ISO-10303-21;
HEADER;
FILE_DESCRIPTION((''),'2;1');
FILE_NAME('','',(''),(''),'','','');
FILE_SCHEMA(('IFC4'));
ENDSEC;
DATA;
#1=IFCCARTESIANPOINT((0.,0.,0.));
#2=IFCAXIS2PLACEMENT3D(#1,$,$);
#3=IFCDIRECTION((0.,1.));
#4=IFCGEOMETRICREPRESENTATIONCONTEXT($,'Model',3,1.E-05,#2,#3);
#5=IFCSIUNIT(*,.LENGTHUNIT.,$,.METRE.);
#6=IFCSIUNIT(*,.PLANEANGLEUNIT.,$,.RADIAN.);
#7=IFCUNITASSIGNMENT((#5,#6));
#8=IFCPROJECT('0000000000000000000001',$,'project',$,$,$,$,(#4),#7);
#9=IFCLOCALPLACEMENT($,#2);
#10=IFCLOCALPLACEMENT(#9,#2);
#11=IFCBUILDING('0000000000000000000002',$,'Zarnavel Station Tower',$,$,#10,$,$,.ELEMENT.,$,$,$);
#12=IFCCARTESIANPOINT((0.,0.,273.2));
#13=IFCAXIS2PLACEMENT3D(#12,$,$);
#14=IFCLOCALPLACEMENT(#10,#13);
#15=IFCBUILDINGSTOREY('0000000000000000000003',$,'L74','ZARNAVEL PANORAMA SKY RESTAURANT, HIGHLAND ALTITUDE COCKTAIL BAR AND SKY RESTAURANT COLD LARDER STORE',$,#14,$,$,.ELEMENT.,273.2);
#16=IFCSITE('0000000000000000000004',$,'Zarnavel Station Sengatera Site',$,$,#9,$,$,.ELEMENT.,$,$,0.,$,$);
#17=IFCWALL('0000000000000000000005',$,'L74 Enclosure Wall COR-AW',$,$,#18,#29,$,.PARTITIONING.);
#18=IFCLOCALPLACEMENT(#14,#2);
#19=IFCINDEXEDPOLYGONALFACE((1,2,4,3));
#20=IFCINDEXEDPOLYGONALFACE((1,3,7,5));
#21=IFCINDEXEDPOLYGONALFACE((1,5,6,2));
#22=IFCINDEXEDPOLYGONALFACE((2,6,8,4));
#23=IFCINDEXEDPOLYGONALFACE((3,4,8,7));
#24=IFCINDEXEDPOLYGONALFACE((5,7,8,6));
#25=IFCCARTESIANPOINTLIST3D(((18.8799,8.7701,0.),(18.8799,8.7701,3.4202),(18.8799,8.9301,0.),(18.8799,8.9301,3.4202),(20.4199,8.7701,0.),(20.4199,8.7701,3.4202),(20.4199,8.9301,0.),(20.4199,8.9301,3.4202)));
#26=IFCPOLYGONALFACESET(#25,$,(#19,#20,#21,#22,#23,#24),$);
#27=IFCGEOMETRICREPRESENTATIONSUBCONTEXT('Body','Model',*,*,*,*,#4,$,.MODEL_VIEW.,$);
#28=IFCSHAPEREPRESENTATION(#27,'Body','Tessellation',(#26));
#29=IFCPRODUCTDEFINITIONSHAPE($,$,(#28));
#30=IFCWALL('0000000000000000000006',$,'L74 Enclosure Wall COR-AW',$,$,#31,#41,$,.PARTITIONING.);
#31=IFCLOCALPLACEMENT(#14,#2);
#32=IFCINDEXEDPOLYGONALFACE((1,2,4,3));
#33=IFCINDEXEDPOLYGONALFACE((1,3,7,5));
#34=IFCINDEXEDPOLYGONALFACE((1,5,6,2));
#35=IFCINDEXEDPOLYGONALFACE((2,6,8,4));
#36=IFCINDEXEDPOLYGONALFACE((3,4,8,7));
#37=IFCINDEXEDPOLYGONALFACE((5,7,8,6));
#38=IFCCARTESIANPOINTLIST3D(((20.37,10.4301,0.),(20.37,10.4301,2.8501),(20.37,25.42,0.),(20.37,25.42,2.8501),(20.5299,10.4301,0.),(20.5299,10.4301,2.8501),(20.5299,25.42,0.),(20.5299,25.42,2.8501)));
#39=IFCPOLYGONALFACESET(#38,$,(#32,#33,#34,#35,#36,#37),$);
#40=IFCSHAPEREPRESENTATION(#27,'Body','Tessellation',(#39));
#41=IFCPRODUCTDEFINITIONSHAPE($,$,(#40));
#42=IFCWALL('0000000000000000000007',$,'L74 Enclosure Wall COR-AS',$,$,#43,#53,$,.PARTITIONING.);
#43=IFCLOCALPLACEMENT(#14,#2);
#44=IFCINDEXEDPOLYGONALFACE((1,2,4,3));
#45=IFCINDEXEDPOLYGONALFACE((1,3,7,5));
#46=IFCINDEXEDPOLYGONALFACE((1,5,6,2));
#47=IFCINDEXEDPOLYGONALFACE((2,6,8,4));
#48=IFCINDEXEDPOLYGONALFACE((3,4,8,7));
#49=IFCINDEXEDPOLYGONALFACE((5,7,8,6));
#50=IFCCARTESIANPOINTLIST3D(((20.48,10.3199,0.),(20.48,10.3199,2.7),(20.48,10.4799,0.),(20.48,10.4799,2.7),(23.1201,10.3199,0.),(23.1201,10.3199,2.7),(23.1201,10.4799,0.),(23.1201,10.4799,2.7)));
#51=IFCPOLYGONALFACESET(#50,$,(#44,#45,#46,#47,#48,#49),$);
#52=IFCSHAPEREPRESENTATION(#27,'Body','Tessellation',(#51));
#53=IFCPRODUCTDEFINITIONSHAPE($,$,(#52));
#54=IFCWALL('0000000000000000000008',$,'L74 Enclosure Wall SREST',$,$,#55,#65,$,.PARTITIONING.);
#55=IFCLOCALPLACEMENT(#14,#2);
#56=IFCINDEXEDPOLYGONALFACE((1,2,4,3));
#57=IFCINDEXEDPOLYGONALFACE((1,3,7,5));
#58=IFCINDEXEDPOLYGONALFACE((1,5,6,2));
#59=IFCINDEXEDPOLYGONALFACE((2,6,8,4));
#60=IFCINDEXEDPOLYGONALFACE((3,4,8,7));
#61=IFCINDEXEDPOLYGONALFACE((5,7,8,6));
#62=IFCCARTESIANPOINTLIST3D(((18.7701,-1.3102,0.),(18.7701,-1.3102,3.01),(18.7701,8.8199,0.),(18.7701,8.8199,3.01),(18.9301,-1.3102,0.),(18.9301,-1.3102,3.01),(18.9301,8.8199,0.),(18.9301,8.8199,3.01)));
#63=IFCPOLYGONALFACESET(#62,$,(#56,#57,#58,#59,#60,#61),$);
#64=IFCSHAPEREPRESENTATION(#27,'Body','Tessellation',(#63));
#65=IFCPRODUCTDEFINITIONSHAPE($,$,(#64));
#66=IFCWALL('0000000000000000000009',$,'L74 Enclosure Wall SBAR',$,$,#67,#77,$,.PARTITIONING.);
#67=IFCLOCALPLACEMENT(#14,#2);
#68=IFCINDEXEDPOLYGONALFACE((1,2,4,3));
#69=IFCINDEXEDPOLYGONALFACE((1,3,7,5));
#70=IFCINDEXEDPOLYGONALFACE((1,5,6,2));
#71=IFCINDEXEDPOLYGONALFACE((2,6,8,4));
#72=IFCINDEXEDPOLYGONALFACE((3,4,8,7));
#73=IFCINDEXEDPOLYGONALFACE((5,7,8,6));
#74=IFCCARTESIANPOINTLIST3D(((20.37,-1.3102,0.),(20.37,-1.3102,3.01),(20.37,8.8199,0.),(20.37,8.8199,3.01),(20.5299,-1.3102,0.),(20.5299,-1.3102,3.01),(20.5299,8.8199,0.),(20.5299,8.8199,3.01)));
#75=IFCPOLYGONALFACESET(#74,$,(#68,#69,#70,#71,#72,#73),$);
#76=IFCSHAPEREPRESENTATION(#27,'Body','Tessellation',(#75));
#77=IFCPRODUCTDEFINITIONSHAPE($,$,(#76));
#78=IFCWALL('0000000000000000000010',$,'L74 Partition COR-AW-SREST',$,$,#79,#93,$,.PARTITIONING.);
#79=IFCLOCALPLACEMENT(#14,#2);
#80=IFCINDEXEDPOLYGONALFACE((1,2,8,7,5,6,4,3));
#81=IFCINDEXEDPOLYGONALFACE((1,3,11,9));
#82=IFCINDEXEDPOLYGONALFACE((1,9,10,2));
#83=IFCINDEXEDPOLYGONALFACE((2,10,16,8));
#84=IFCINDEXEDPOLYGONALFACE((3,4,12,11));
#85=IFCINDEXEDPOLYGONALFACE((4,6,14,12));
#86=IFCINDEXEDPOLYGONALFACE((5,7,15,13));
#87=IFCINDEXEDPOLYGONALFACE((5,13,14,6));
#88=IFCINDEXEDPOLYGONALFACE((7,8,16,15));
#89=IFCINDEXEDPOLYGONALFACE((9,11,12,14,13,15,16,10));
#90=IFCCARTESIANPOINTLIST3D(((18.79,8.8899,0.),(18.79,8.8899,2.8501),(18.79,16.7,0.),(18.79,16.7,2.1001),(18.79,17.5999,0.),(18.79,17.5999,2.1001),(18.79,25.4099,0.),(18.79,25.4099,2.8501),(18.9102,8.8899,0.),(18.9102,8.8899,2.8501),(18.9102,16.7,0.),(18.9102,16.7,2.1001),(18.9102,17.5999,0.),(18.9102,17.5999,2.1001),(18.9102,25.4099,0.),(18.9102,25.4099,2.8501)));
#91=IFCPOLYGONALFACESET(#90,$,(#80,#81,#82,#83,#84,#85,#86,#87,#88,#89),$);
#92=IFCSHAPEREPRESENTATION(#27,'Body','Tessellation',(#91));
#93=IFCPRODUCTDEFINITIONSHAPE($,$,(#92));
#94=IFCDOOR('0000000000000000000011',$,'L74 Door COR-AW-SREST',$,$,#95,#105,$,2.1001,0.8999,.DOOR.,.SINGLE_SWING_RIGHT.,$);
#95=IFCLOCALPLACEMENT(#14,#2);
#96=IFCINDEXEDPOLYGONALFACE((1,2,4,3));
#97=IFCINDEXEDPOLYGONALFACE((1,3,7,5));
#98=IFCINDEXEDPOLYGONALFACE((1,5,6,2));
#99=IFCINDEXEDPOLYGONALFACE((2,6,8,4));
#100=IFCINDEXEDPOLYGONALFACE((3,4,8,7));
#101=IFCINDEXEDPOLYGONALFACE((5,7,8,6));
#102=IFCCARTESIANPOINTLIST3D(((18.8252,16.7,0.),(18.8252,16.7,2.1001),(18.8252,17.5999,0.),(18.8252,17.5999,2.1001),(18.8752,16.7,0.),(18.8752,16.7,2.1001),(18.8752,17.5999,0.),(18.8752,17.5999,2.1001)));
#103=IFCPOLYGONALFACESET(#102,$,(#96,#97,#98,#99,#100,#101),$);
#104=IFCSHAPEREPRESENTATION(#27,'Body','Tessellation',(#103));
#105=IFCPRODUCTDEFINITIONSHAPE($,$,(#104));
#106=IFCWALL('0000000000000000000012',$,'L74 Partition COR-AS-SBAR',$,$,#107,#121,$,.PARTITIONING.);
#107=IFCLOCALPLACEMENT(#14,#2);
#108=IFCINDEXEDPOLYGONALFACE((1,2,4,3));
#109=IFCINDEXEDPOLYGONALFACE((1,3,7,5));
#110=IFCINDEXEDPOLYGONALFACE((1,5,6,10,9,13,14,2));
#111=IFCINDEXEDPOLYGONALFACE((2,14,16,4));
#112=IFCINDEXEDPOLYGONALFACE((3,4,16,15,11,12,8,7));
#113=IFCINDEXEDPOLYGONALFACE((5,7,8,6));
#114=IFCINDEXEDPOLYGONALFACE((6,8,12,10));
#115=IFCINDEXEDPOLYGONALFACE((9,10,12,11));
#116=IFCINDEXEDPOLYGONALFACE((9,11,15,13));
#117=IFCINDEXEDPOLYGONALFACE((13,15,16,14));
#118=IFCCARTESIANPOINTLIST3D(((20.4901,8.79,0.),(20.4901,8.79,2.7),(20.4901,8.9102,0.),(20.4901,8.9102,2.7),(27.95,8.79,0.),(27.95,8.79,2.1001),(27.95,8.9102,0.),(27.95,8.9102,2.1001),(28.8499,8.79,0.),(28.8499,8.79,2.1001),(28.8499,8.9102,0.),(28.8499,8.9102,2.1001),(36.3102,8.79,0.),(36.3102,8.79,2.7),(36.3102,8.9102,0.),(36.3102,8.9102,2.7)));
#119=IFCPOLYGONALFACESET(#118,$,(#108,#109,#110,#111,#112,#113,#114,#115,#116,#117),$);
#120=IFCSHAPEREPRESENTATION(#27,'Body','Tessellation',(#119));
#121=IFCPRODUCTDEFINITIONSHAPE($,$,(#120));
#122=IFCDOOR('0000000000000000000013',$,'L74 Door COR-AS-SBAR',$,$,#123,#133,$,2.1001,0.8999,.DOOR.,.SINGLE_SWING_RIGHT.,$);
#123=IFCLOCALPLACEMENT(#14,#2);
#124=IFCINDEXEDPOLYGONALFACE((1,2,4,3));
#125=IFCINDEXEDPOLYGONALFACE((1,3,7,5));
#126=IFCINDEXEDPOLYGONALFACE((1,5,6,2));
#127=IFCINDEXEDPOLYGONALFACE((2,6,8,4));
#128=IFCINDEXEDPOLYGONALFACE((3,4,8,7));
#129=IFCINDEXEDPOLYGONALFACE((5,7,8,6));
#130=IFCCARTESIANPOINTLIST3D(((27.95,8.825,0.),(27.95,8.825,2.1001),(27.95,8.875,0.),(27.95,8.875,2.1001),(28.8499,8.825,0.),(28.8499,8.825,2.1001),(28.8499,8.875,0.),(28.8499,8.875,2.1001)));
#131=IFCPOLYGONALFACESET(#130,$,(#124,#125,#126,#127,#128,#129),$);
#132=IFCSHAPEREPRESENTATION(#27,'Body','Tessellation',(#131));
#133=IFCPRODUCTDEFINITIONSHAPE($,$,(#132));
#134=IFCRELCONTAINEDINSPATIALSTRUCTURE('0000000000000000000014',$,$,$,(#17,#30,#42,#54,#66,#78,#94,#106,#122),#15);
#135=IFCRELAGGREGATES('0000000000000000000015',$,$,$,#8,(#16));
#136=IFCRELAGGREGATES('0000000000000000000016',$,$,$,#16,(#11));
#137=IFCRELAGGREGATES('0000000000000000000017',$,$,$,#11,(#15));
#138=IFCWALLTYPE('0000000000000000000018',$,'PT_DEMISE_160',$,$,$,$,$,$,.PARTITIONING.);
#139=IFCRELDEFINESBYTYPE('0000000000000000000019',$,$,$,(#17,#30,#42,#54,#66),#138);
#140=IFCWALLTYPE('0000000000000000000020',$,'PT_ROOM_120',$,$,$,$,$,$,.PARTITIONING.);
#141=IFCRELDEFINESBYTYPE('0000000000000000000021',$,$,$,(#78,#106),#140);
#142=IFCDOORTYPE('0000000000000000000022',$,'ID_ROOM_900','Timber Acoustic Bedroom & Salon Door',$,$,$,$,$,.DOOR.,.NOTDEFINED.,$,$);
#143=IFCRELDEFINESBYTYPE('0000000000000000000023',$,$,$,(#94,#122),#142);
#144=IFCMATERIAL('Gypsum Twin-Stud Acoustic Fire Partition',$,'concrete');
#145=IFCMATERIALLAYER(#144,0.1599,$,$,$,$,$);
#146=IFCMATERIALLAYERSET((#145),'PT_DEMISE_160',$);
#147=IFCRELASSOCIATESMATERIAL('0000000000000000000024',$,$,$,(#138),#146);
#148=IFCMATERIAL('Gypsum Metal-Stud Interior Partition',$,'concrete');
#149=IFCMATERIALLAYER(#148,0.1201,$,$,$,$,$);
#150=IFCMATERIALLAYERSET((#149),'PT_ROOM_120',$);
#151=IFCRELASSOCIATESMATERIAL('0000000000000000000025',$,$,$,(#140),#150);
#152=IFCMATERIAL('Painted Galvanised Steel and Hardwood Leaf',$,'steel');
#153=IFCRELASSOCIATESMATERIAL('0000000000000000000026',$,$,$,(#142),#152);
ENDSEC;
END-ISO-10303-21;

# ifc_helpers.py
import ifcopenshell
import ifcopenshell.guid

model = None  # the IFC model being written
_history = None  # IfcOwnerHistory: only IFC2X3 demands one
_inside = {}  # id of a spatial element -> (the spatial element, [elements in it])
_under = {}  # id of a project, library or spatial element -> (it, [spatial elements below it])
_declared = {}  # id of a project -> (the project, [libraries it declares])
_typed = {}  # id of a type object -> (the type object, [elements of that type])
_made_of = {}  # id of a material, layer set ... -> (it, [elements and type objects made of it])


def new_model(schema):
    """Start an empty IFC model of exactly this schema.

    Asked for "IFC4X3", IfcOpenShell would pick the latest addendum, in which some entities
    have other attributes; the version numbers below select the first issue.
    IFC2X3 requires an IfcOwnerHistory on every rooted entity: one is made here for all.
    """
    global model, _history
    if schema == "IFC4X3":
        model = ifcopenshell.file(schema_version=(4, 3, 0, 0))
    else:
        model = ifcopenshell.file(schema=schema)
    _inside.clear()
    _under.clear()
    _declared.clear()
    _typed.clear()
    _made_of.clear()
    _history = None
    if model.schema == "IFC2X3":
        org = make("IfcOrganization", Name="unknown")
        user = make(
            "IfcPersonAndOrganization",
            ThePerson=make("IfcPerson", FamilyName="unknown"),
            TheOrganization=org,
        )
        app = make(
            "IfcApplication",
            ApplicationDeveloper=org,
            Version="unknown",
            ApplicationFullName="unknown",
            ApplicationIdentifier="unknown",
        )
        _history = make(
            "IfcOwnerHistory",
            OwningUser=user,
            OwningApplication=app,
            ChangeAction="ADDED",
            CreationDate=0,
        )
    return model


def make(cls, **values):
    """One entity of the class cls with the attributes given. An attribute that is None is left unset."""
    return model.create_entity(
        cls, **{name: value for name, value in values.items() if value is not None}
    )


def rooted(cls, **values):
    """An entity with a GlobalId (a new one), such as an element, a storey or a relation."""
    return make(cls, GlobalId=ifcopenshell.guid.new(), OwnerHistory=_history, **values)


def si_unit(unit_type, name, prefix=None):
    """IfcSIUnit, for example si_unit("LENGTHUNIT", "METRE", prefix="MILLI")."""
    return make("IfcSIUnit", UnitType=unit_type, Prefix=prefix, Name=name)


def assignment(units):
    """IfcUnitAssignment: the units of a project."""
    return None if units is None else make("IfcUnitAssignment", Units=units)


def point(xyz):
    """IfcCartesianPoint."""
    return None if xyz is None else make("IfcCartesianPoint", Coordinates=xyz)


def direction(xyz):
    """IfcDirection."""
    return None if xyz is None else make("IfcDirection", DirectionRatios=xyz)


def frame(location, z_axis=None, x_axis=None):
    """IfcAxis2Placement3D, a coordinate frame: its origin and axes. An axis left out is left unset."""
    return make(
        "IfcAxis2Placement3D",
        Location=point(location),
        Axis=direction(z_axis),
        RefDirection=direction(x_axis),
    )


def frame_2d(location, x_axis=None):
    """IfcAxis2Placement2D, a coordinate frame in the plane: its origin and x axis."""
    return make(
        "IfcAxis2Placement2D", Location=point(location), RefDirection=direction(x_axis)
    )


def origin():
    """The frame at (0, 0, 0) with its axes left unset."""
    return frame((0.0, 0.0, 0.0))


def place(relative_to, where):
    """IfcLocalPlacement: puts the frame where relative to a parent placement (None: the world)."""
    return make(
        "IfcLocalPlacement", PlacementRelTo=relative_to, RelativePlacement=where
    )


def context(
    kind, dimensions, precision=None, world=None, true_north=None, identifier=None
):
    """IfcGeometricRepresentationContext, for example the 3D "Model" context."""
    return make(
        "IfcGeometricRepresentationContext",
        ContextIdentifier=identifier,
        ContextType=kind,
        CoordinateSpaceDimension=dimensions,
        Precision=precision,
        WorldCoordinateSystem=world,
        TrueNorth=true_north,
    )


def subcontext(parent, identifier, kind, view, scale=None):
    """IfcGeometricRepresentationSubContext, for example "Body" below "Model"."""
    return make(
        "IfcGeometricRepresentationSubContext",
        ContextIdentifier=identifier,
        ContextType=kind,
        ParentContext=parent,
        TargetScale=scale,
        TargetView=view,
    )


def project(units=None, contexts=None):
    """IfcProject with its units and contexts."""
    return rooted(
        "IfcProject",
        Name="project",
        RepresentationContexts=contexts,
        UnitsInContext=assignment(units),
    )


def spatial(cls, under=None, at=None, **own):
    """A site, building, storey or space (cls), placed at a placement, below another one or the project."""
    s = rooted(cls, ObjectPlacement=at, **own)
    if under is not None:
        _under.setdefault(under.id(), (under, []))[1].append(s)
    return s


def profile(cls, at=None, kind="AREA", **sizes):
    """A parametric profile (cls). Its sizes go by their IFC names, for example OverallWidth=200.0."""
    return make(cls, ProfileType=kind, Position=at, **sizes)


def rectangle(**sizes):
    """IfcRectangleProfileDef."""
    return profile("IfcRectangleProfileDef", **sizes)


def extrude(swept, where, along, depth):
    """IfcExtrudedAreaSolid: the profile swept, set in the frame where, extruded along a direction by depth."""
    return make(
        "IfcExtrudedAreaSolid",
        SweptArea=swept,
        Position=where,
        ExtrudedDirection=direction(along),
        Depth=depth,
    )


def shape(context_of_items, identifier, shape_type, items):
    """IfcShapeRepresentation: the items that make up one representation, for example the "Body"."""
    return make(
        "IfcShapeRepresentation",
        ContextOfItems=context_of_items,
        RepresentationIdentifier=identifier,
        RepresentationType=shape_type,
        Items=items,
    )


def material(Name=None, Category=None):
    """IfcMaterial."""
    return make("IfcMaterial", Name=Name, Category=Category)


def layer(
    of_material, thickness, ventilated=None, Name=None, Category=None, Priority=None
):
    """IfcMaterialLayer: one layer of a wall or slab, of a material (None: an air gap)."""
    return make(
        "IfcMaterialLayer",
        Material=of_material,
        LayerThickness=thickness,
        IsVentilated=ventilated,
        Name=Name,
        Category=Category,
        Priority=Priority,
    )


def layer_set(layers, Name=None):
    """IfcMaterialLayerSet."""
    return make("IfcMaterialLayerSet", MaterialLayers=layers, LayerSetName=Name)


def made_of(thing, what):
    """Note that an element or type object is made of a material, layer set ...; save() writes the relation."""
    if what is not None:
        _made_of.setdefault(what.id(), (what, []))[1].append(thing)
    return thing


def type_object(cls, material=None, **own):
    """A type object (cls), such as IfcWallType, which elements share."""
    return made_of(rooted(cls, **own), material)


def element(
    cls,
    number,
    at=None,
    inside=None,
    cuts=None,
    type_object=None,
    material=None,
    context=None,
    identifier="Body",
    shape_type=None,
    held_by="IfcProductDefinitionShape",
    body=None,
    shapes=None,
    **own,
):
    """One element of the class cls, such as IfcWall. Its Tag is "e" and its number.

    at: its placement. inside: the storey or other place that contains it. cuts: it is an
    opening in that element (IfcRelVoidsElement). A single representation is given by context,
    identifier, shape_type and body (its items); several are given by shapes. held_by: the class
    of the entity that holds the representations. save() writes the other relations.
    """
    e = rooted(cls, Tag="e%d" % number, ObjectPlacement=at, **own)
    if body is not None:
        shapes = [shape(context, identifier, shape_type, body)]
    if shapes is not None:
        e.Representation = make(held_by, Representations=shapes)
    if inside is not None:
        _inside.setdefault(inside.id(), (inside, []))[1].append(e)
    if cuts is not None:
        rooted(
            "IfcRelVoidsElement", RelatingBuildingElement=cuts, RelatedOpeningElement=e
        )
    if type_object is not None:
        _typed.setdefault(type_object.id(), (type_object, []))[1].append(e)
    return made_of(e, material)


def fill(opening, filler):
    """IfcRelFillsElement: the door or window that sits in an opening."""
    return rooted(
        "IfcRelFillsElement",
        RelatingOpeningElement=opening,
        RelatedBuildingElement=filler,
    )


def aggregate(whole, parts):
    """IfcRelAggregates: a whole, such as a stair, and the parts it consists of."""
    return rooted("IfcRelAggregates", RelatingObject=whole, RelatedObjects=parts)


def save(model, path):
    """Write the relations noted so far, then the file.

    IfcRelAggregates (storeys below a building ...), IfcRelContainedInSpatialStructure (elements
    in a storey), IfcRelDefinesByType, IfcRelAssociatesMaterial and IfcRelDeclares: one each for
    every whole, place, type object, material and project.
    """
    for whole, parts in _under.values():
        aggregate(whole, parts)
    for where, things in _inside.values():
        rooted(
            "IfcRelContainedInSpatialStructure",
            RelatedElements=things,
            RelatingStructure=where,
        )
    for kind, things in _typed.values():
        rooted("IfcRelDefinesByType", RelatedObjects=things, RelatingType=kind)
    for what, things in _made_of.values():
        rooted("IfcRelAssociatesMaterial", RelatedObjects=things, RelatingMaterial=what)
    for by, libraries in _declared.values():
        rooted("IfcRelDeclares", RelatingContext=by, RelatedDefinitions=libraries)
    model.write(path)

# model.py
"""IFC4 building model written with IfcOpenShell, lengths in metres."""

from ifc_helpers import new_model, si_unit, direction, frame, frame_2d, origin, place, context, subcontext, project, spatial, rectangle, extrude, material, layer, layer_set, type_object, element, fill, save


model = new_model("IFC4")

# Units and contexts
model_context = context("Model", 3, precision=1e-05, world=origin(), true_north=direction((0.0, 1.0)))
body_context = subcontext(model_context, "Body", "Model", "MODEL_VIEW")
ifc_project = project(units=[si_unit("LENGTHUNIT", "METRE"), si_unit("PLANEANGLEUNIT", "RADIAN")], contexts=[model_context])

# Site, building, storey
site_placement = place(None, origin())
site = spatial("IfcSite", under=ifc_project, at=site_placement, Name="Zarnavel Station Sengatera Site", CompositionType="ELEMENT", RefElevation=0.0)
building_placement = place(site_placement, origin())
building = spatial("IfcBuilding", under=site, at=building_placement, Name="Zarnavel Station Tower", CompositionType="ELEMENT")
storey_placement = place(building_placement, frame((0.0, 0.0, 273.2)))
storey = spatial("IfcBuildingStorey", under=building, at=storey_placement, Name="L74", Description="ZARNAVEL PANORAMA SKY RESTAURANT, HIGHLAND ALTITUDE COCKTAIL BAR AND SKY RESTAURANT COLD LARDER STORE", CompositionType="ELEMENT", Elevation=273.2)

# Walls
ifc_material_1 = material(Name="Gypsum Twin-Stud Acoustic Fire Partition", Category="concrete")
ifc_layer_1 = layer(ifc_material_1, 0.1599)
ifc_layer_set_1 = layer_set([ifc_layer_1], Name="PT_DEMISE_160")
wall_type_1 = type_object("IfcWallType", Name="PT_DEMISE_160", PredefinedType="PARTITIONING", material=ifc_layer_set_1)
wall_1_placement = place(storey_placement, frame((18.8799, 8.8501, 0.0), z_axis=(0.0, 0.0, 1.0), x_axis=(1.0, 0.0, 0.0)))
element("IfcWall", 1, at=wall_1_placement, inside=storey, type_object=wall_type_1, Name="L74 Enclosure Wall COR-AW", PredefinedType="PARTITIONING", context=body_context, shape_type="SweptSolid", body=[
    extrude(rectangle(XDim=1.54, YDim=0.1599, at=frame_2d((0.77, 0.0))), origin(), (0.0, 0.0, 1.0), 3.4202),
])
wall_2_placement = place(storey_placement, frame((20.45, 10.4299, 0.0), z_axis=(0.0, 0.0, 1.0), x_axis=(0.0, 1.0, 0.0)))
element("IfcWall", 2, at=wall_2_placement, inside=storey, type_object=wall_type_1, Name="L74 Enclosure Wall COR-AW", PredefinedType="PARTITIONING", context=body_context, shape_type="SweptSolid", body=[
    extrude(rectangle(XDim=14.99, YDim=0.1599, at=frame_2d((7.4951, 0.0))), origin(), (0.0, 0.0, 1.0), 2.8501),
])
wall_3_placement = place(storey_placement, frame((20.48, 10.3999, 0.0), z_axis=(0.0, 0.0, 1.0), x_axis=(1.0, 0.0, 0.0)))
element("IfcWall", 3, at=wall_3_placement, inside=storey, type_object=wall_type_1, Name="L74 Enclosure Wall COR-AS", PredefinedType="PARTITIONING", context=body_context, shape_type="SweptSolid", body=[
    extrude(rectangle(XDim=2.6401, YDim=0.1599, at=frame_2d((1.3201, 0.0))), origin(), (0.0, 0.0, 1.0), 2.7),
])
for number, where, z_axis, x_axis, name in (
    (4, (18.8501, -1.3101, 0.0), (0.0, 0.0, 1.0), (0.0, 1.0, 0.0), "L74 Enclosure Wall SREST"),
    (5, (20.45, -1.3101, 0.0), (0.0, 0.0, 1.0), (0.0, 1.0, 0.0), "L74 Enclosure Wall SBAR"),
):
    element("IfcWall", number, at=place(storey_placement, frame(where, z_axis=z_axis, x_axis=x_axis)), inside=storey, type_object=wall_type_1, Name=name, PredefinedType="PARTITIONING", context=body_context, shape_type="SweptSolid", body=[
        extrude(rectangle(XDim=10.1301, YDim=0.1599, at=frame_2d((5.0649, 0.0))), origin(), (0.0, 0.0, 1.0), 3.01),
    ])

# Walls, openings, doors
ifc_material_2 = material(Name="Gypsum Metal-Stud Interior Partition", Category="concrete")
ifc_layer_2 = layer(ifc_material_2, 0.1201)
ifc_layer_set_2 = layer_set([ifc_layer_2], Name="PT_ROOM_120")
wall_type_2 = type_object("IfcWallType", Name="PT_ROOM_120", PredefinedType="PARTITIONING", material=ifc_layer_set_2)
wall_4_placement = place(storey_placement, frame((18.8501, 8.8899, 0.0), z_axis=(0.0, 0.0, 1.0), x_axis=(0.0, 1.0, 0.0)))
wall_4 = element("IfcWall", 6, at=wall_4_placement, inside=storey, type_object=wall_type_2, Name="L74 Partition COR-AW-SREST", PredefinedType="PARTITIONING", context=body_context, shape_type="SweptSolid", body=[
    extrude(rectangle(XDim=16.52, YDim=0.1201, at=frame_2d((8.26, 0.0))), origin(), (0.0, 0.0, 1.0), 2.8501),
])
opening_1_placement = place(wall_4_placement, frame((7.8101, 0.0, 0.0)))
opening_1 = element("IfcOpeningElement", 7, at=opening_1_placement, cuts=wall_4, PredefinedType="OPENING", context=body_context, shape_type="SweptSolid", body=[
    extrude(rectangle(XDim=0.8999, YDim=2.1001, at=frame_2d((0.45, 1.05))), frame((0.0, 0.0701, 0.0), z_axis=(0.0, -1.0, 0.0), x_axis=(1.0, 0.0, 0.0)), (0.0, 0.0, 1.0), 0.1401),
])
ifc_material_3 = material(Name="Painted Galvanised Steel and Hardwood Leaf", Category="steel")
door_type = type_object("IfcDoorType", Name="ID_ROOM_900", Description="Timber Acoustic Bedroom & Salon Door", OperationType="NOTDEFINED", PredefinedType="DOOR", material=ifc_material_3)
door_1_placement = place(opening_1_placement, origin())
door_1 = element("IfcDoor", 8, at=door_1_placement, inside=storey, type_object=door_type, Name="L74 Door COR-AW-SREST", OperationType="SINGLE_SWING_RIGHT", OverallHeight=2.1001, OverallWidth=0.8999, PredefinedType="DOOR", context=body_context, shape_type="SweptSolid", body=[
    extrude(rectangle(XDim=0.8999, YDim=2.1001, at=frame_2d((0.45, 1.05))), frame((0.0, 0.0249, 0.0), z_axis=(0.0, -1.0, 0.0), x_axis=(1.0, 0.0, 0.0)), (0.0, 0.0, 1.0), 0.05),
])
fill(opening_1, door_1)
wall_5_placement = place(storey_placement, frame((20.49, 8.8501, 0.0), z_axis=(0.0, 0.0, 1.0), x_axis=(1.0, 0.0, 0.0)))
wall_5 = element("IfcWall", 9, at=wall_5_placement, inside=storey, type_object=wall_type_2, Name="L74 Partition COR-AS-SBAR", PredefinedType="PARTITIONING", context=body_context, shape_type="SweptSolid", body=[
    extrude(rectangle(XDim=15.8201, YDim=0.1201, at=frame_2d((7.9102, 0.0))), origin(), (0.0, 0.0, 1.0), 2.7),
])
opening_2_placement = place(wall_5_placement, frame((7.46, 0.0, 0.0)))
opening_2 = element("IfcOpeningElement", 10, at=opening_2_placement, cuts=wall_5, PredefinedType="OPENING", context=body_context, shape_type="SweptSolid", body=[
    extrude(rectangle(XDim=0.8999, YDim=2.1001, at=frame_2d((0.45, 1.05))), frame((0.0, 0.0701, 0.0), z_axis=(0.0, -1.0, 0.0), x_axis=(1.0, 0.0, 0.0)), (0.0, 0.0, 1.0), 0.1401),
])
door_2_placement = place(opening_2_placement, origin())
door_2 = element("IfcDoor", 11, at=door_2_placement, inside=storey, type_object=door_type, Name="L74 Door COR-AS-SBAR", OperationType="SINGLE_SWING_RIGHT", OverallHeight=2.1001, OverallWidth=0.8999, PredefinedType="DOOR", context=body_context, shape_type="SweptSolid", body=[
    extrude(rectangle(XDim=0.8999, YDim=2.1001, at=frame_2d((0.45, 1.05))), frame((0.0, 0.0249, 0.0), z_axis=(0.0, -1.0, 0.0), x_axis=(1.0, 0.0, 0.0)), (0.0, 0.0, 1.0), 0.05),
])
fill(opening_2, door_2)

save(model, "model.ifc")
